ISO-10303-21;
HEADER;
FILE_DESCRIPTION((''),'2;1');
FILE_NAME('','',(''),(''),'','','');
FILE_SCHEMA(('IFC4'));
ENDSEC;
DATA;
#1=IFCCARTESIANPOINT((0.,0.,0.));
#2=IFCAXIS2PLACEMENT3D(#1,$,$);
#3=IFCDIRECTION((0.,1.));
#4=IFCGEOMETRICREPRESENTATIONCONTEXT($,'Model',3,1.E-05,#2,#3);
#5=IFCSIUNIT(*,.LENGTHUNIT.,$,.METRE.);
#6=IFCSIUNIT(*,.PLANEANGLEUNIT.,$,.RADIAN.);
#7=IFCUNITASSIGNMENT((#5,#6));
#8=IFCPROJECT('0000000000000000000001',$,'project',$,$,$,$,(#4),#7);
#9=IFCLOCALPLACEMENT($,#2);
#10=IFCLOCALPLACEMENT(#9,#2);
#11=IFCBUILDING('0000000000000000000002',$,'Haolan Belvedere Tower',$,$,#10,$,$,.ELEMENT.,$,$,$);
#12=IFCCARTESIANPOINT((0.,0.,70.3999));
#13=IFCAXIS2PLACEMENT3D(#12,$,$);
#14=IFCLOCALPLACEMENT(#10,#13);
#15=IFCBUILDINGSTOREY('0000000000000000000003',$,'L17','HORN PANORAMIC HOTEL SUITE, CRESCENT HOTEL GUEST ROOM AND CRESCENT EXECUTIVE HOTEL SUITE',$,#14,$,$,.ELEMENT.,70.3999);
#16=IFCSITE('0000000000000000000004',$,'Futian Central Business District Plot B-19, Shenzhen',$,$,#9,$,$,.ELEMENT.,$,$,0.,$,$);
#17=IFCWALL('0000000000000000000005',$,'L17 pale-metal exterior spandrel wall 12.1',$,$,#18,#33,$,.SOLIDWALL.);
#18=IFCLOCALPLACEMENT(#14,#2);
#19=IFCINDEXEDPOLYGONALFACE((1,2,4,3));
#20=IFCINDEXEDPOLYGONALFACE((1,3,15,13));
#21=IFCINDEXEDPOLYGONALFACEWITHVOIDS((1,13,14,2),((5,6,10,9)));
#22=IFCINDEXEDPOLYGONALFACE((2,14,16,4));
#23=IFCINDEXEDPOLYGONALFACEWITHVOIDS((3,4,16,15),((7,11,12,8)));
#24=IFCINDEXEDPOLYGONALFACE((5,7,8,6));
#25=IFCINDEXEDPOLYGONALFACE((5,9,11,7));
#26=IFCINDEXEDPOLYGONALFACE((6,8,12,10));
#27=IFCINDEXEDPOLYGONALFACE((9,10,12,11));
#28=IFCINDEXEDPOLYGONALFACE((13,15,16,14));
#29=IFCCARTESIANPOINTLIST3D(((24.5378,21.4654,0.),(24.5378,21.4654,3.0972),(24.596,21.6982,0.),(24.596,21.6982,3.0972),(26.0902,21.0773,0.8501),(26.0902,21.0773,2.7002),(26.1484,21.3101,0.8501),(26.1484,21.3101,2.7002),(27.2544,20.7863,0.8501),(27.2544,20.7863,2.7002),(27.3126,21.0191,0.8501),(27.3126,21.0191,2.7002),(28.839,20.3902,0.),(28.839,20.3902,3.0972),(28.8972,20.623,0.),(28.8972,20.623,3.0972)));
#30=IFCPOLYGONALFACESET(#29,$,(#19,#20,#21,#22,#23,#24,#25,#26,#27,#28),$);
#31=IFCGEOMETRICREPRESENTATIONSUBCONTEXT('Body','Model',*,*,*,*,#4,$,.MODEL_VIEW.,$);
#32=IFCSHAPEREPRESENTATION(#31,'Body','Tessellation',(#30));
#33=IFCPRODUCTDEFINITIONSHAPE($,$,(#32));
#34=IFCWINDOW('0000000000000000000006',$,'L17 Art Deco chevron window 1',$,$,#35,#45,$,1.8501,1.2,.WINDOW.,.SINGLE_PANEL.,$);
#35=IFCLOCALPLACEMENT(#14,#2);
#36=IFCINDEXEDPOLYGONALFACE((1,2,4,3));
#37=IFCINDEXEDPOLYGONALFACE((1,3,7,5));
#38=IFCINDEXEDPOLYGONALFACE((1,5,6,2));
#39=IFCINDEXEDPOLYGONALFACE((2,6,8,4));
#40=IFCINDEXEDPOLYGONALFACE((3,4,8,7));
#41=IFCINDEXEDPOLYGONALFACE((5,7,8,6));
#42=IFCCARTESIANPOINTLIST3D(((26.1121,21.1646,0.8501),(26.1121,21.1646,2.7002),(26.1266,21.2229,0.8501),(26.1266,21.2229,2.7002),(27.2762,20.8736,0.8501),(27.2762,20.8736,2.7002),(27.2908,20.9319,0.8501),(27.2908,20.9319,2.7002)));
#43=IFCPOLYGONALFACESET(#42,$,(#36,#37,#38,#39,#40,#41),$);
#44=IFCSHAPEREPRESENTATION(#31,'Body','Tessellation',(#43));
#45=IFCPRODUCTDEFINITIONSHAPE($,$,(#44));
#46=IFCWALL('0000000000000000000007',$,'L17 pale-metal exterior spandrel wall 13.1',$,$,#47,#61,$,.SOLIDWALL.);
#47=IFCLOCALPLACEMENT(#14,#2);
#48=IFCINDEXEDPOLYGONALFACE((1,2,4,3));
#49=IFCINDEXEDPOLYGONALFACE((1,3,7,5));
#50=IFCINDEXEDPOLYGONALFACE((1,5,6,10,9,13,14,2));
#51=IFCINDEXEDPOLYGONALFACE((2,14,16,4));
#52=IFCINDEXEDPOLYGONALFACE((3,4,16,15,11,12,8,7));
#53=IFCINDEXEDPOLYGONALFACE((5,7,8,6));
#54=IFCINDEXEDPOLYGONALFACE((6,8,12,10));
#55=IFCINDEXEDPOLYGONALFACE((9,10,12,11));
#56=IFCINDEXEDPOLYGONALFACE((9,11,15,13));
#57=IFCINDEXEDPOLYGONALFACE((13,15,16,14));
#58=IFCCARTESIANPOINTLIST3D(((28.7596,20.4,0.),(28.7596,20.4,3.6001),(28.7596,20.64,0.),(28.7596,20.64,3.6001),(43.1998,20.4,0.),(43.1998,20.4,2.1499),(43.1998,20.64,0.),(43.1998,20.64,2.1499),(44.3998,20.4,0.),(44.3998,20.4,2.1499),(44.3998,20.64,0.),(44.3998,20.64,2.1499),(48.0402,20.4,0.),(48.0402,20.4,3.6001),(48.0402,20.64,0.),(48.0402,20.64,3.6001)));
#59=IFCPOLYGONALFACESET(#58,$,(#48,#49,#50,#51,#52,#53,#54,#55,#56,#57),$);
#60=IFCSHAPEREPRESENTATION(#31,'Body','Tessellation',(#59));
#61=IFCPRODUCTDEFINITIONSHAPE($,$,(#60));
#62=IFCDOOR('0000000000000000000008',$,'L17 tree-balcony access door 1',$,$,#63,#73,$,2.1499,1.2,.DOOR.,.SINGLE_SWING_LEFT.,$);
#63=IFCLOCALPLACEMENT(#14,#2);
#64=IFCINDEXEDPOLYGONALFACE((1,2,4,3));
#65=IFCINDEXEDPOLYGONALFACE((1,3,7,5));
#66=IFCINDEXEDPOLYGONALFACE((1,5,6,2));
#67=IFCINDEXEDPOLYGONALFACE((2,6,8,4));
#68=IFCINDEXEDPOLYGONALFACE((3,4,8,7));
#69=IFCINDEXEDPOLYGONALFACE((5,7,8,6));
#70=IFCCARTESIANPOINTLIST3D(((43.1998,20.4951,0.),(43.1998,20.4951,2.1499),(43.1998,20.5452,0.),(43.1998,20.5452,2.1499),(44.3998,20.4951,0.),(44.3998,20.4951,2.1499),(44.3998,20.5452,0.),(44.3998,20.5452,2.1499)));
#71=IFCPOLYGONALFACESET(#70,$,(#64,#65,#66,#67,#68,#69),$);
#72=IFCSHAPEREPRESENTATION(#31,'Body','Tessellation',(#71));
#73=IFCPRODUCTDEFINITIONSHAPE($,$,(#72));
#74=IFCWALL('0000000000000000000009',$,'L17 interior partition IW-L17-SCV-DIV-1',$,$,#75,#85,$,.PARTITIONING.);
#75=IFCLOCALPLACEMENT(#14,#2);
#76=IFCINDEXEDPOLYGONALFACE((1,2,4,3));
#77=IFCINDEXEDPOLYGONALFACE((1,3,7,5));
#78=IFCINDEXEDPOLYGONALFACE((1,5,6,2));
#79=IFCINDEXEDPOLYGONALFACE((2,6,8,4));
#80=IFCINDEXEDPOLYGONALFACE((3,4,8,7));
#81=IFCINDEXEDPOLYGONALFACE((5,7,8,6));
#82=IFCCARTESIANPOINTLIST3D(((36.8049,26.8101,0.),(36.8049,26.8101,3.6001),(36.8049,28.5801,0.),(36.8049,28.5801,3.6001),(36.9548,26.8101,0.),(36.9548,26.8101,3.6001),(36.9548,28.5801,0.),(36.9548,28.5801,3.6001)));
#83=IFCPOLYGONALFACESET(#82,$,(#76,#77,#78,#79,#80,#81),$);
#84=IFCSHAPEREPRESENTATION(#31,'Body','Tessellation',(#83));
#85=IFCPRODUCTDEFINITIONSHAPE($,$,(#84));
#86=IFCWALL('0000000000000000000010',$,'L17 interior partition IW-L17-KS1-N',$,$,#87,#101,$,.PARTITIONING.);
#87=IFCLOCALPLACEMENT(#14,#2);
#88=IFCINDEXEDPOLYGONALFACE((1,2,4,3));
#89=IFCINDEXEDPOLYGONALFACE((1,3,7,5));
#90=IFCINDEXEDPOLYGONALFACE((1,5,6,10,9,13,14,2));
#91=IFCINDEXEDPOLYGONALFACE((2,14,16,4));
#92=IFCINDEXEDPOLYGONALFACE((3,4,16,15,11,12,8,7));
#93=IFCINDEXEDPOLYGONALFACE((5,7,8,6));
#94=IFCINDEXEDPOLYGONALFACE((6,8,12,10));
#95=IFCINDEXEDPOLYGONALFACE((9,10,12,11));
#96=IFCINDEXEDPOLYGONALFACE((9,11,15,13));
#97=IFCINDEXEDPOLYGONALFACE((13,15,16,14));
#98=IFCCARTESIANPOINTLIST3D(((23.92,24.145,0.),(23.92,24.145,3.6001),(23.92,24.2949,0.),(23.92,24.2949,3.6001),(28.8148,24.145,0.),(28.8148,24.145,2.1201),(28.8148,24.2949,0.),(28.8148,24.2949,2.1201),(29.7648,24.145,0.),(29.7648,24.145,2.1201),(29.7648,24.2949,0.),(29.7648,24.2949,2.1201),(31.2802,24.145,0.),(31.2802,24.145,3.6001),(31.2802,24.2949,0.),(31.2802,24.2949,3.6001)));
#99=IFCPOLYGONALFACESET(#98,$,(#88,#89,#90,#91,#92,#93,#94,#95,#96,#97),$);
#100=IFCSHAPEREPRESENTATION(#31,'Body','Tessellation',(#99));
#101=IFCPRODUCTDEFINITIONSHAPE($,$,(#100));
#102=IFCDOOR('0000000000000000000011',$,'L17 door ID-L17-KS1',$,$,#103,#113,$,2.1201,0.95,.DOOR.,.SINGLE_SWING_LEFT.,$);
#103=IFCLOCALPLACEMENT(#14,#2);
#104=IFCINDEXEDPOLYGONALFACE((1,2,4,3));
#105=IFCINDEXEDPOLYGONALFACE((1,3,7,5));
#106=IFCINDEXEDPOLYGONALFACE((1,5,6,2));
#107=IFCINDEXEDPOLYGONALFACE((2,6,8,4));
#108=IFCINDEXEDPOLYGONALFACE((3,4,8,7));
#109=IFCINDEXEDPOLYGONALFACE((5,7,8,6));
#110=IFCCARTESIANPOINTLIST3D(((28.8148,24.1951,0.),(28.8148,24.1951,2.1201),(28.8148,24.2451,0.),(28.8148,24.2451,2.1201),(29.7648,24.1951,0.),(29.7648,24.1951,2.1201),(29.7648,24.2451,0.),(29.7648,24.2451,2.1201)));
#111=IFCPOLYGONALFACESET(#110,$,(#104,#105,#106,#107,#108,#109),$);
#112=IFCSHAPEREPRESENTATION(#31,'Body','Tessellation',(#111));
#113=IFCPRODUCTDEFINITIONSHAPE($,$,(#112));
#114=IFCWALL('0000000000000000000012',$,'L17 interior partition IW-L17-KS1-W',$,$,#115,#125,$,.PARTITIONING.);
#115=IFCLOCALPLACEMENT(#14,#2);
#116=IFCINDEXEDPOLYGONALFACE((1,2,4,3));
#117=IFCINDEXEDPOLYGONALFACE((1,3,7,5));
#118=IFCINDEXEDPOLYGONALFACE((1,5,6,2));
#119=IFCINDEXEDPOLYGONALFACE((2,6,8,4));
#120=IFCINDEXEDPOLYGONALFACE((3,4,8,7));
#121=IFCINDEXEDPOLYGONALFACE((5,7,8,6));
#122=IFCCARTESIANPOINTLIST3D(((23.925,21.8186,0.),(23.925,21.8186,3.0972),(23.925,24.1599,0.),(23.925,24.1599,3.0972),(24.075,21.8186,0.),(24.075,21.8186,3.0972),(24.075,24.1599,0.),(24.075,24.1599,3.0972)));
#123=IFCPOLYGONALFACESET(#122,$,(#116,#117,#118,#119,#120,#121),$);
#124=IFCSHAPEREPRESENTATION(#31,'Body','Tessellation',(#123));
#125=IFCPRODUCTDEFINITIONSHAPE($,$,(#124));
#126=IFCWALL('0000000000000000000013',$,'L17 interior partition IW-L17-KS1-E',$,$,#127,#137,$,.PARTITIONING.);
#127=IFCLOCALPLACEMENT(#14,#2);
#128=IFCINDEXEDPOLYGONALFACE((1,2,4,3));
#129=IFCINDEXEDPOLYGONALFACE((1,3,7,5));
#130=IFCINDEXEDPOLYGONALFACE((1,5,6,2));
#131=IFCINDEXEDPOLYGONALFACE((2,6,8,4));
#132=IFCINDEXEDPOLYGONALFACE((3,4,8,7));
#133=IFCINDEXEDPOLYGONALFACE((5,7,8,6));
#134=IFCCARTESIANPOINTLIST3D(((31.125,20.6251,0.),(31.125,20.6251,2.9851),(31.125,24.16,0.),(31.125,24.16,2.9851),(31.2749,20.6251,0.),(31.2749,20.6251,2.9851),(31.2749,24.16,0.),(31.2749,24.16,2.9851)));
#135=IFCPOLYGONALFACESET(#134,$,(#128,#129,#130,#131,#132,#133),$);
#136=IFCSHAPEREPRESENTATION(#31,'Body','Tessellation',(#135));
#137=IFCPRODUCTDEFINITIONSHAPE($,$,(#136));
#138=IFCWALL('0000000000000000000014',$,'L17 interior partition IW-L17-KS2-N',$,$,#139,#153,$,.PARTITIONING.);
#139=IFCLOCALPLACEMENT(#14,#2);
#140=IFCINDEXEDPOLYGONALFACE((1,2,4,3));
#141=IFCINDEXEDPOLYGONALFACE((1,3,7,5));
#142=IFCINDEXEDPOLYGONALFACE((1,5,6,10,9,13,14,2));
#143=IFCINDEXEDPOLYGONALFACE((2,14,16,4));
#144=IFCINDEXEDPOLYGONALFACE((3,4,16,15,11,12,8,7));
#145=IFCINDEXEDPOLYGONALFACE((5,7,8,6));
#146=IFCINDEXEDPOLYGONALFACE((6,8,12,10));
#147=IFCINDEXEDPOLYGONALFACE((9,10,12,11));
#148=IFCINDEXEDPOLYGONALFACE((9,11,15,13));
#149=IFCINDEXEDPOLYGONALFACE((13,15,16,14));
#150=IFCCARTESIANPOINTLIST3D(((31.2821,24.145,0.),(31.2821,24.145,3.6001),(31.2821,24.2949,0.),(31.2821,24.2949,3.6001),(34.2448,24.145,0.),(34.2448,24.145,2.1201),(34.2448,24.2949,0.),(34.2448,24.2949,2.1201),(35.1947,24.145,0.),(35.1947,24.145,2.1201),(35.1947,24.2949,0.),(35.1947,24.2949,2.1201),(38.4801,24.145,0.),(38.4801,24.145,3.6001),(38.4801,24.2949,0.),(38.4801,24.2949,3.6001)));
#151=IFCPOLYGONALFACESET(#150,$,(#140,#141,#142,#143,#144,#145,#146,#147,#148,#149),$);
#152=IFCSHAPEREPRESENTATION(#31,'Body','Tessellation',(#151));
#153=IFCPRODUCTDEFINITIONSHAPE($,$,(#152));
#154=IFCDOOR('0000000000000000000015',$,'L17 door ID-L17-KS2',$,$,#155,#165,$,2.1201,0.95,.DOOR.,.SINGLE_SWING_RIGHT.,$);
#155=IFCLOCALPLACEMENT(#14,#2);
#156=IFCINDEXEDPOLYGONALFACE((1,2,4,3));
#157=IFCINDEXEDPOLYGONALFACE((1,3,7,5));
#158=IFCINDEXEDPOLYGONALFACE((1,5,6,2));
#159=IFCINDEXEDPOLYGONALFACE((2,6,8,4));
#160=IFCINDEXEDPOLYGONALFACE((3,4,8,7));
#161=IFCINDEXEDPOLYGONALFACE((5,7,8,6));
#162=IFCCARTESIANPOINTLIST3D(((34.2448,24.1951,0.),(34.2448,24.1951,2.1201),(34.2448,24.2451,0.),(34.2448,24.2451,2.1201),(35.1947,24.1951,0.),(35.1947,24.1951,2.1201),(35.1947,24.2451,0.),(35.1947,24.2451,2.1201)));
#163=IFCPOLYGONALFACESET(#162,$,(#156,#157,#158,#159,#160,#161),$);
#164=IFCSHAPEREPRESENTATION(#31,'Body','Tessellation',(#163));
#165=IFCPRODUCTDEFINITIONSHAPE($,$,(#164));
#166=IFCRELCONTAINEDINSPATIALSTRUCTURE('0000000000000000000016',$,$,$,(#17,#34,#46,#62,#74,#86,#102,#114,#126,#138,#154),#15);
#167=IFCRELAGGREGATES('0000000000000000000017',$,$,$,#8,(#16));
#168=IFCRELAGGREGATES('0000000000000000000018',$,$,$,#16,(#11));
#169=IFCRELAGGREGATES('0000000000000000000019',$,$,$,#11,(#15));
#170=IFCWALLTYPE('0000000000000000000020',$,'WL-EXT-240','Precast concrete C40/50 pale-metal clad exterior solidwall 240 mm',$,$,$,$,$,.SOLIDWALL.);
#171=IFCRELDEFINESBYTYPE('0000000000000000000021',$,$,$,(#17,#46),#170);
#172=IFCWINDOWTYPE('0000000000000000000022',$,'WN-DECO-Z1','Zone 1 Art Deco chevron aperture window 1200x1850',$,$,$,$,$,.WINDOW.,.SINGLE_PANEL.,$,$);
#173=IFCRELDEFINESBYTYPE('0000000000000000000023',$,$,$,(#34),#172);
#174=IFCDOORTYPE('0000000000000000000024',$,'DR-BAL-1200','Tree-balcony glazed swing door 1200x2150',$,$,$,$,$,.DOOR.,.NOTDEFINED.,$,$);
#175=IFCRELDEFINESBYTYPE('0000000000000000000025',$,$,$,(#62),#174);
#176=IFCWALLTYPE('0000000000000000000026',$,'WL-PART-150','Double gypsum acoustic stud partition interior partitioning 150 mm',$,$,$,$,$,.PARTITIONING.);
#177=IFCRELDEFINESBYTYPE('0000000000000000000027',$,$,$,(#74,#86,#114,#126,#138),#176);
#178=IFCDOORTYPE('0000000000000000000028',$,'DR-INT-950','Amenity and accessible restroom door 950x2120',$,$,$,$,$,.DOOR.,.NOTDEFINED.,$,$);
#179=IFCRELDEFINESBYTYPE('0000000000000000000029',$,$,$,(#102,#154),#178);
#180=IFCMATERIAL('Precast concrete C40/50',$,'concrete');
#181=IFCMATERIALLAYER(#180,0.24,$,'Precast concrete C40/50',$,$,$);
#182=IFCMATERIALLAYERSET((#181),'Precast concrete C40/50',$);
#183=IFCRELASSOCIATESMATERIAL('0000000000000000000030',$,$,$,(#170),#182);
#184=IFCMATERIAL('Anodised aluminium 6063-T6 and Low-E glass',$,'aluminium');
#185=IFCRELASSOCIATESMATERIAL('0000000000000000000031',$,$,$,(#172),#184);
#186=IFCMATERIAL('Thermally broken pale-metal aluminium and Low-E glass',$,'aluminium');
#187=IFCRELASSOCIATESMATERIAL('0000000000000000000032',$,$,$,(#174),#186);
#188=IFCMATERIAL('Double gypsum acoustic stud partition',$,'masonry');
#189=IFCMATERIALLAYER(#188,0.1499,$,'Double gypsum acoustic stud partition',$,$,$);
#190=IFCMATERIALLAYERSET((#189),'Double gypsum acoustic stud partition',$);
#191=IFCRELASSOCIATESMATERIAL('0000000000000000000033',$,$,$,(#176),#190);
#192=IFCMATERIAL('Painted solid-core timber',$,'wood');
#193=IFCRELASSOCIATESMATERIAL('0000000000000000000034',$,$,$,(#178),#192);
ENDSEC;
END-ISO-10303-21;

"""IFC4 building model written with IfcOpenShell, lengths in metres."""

from ifc_helpers import new_model, si_unit, direction, frame, frame_2d, origin, place, context, subcontext, project, spatial, rectangle, extrude, material, layer, layer_set, type_object, element, fill, save


model = new_model("IFC4")

# Units and contexts
model_context = context("Model", 3, precision=1e-05, world=origin(), true_north=direction((0.0, 1.0)))
body_context = subcontext(model_context, "Body", "Model", "MODEL_VIEW")
ifc_project = project(units=[si_unit("LENGTHUNIT", "METRE"), si_unit("PLANEANGLEUNIT", "RADIAN")], contexts=[model_context])

# Site, building, storey
site_placement = place(None, origin())
site = spatial("IfcSite", under=ifc_project, at=site_placement, Name="Futian Central Business District Plot B-19, Shenzhen", CompositionType="ELEMENT", RefElevation=0.0)
building_placement = place(site_placement, origin())
building = spatial("IfcBuilding", under=site, at=building_placement, Name="Haolan Belvedere Tower", CompositionType="ELEMENT")
storey_placement = place(building_placement, frame((0.0, 0.0, 70.3999)))
storey = spatial("IfcBuildingStorey", under=building, at=storey_placement, Name="L17", Description="HORN PANORAMIC HOTEL SUITE, CRESCENT HOTEL GUEST ROOM AND CRESCENT EXECUTIVE HOTEL SUITE", CompositionType="ELEMENT", Elevation=70.3999)

# Wall, opening, window
ifc_material_1 = material(Name="Precast concrete C40/50", Category="concrete")
ifc_layer_1 = layer(ifc_material_1, 0.24, Name="Precast concrete C40/50")
ifc_layer_set_1 = layer_set([ifc_layer_1], Name="Precast concrete C40/50")
wall_type_1 = type_object("IfcWallType", Name="WL-EXT-240", Description="Precast concrete C40/50 pale-metal clad exterior solidwall 240 mm", PredefinedType="SOLIDWALL", material=ifc_layer_set_1)
wall_1_placement = place(storey_placement, frame((24.5669, 21.5818, 0.0), z_axis=(0.0, 0.0, 1.0), x_axis=(0.970149, -0.24251, 0.0)))
wall_1 = element("IfcWall", 1, at=wall_1_placement, inside=storey, type_object=wall_type_1, Name="L17 pale-metal exterior spandrel wall 12.1", PredefinedType="SOLIDWALL", context=body_context, shape_type="SweptSolid", body=[
    extrude(rectangle(XDim=4.4336, YDim=0.24, at=frame_2d((2.2168, 0.0))), origin(), (0.0, 0.0, 1.0), 3.0972),
])
opening_1_placement = place(wall_1_placement, frame((1.6001, 0.0, 0.8501)))
opening_1 = element("IfcOpeningElement", 2, at=opening_1_placement, cuts=wall_1, PredefinedType="OPENING", context=body_context, shape_type="SweptSolid", body=[
    extrude(rectangle(XDim=1.2, YDim=1.8501, at=frame_2d((0.6001, 0.925))), frame((0.0, 0.1299, 0.0), z_axis=(0.0, -1.0, 0.0), x_axis=(1.0, 0.0, 0.0)), (0.0, 0.0, 1.0), 0.26),
])
ifc_material_2 = material(Name="Anodised aluminium 6063-T6 and Low-E glass", Category="aluminium")
window_type = type_object("IfcWindowType", Name="WN-DECO-Z1", Description="Zone 1 Art Deco chevron aperture window 1200x1850", PartitioningType="SINGLE_PANEL", PredefinedType="WINDOW", material=ifc_material_2)
window_placement = place(opening_1_placement, origin())
window = element("IfcWindow", 3, at=window_placement, inside=storey, type_object=window_type, Name="L17 Art Deco chevron window 1", OverallHeight=1.8501, OverallWidth=1.2, PartitioningType="SINGLE_PANEL", PredefinedType="WINDOW", context=body_context, shape_type="SweptSolid", body=[
    extrude(rectangle(XDim=1.2, YDim=1.8501, at=frame_2d((0.6001, 0.925))), frame((0.0, 0.03, 0.0), z_axis=(0.0, -1.0, 0.0), x_axis=(1.0, 0.0, 0.0)), (0.0, 0.0, 1.0), 0.0601),
])
fill(opening_1, window)

# Wall, opening, door
wall_2_placement = place(storey_placement, frame((28.7598, 20.52, 0.0), z_axis=(0.0, 0.0, 1.0), x_axis=(1.0, 0.0, 0.0)))
wall_2 = element("IfcWall", 4, at=wall_2_placement, inside=storey, type_object=wall_type_1, Name="L17 pale-metal exterior spandrel wall 13.1", PredefinedType="SOLIDWALL", context=body_context, shape_type="SweptSolid", body=[
    extrude(rectangle(XDim=19.2805, YDim=0.24, at=frame_2d((9.6401, 0.0))), origin(), (0.0, 0.0, 1.0), 3.6001),
])
opening_2_placement = place(wall_2_placement, frame((15.6401, 0.0, 0.0), z_axis=(0.0, 0.0, 1.0), x_axis=(-1.0, 0.0, 0.0)))
opening_2 = element("IfcOpeningElement", 5, at=opening_2_placement, cuts=wall_2, PredefinedType="OPENING", context=body_context, shape_type="SweptSolid", body=[
    extrude(rectangle(XDim=1.2, YDim=2.1499, at=frame_2d((0.6001, 1.075))), frame((0.0, 0.1299, 0.0), z_axis=(0.0, -1.0, 0.0), x_axis=(1.0, 0.0, 0.0)), (0.0, 0.0, 1.0), 0.26),
])
ifc_material_3 = material(Name="Thermally broken pale-metal aluminium and Low-E glass", Category="aluminium")
door_type_1 = type_object("IfcDoorType", Name="DR-BAL-1200", Description="Tree-balcony glazed swing door 1200x2150", OperationType="NOTDEFINED", PredefinedType="DOOR", material=ifc_material_3)
door_1_placement = place(opening_2_placement, origin())
door_1 = element("IfcDoor", 6, at=door_1_placement, inside=storey, type_object=door_type_1, Name="L17 tree-balcony access door 1", OperationType="SINGLE_SWING_LEFT", OverallHeight=2.1499, OverallWidth=1.2, PredefinedType="DOOR", context=body_context, shape_type="SweptSolid", body=[
    extrude(rectangle(XDim=1.2, YDim=2.1499, at=frame_2d((0.6001, 1.075))), frame((0.0, 0.0249, 0.0), z_axis=(0.0, -1.0, 0.0), x_axis=(1.0, 0.0, 0.0)), (0.0, 0.0, 1.0), 0.05),
])
fill(opening_2, door_1)

# Wall
ifc_material_4 = material(Name="Double gypsum acoustic stud partition", Category="masonry")
ifc_layer_2 = layer(ifc_material_4, 0.1499, Name="Double gypsum acoustic stud partition")
ifc_layer_set_2 = layer_set([ifc_layer_2], Name="Double gypsum acoustic stud partition")
wall_type_2 = type_object("IfcWallType", Name="WL-PART-150", Description="Double gypsum acoustic stud partition interior partitioning 150 mm", PredefinedType="PARTITIONING", material=ifc_layer_set_2)
wall_3_placement = place(storey_placement, frame((36.8799, 26.8101, 0.0), z_axis=(0.0, 0.0, 1.0), x_axis=(0.0, 1.0, 0.0)))
element("IfcWall", 7, at=wall_3_placement, inside=storey, type_object=wall_type_2, Name="L17 interior partition IW-L17-SCV-DIV-1", PredefinedType="PARTITIONING", context=body_context, shape_type="SweptSolid", body=[
    extrude(rectangle(XDim=1.77, YDim=0.1499, at=frame_2d((0.885, 0.0))), origin(), (0.0, 0.0, 1.0), 3.6001),
])

# Wall, opening, door
wall_4_placement = place(storey_placement, frame((23.9199, 24.22, 0.0), z_axis=(0.0, 0.0, 1.0), x_axis=(1.0, 0.0, 0.0)))
wall_4 = element("IfcWall", 8, at=wall_4_placement, inside=storey, type_object=wall_type_2, Name="L17 interior partition IW-L17-KS1-N", PredefinedType="PARTITIONING", context=body_context, shape_type="SweptSolid", body=[
    extrude(rectangle(XDim=7.3601, YDim=0.1499, at=frame_2d((3.6802, 0.0))), origin(), (0.0, 0.0, 1.0), 3.6001),
])
opening_3_placement = place(wall_4_placement, frame((5.845, 0.0, 0.0), z_axis=(0.0, 0.0, 1.0), x_axis=(-1.0, 0.0, 0.0)))
opening_3 = element("IfcOpeningElement", 9, at=opening_3_placement, cuts=wall_4, PredefinedType="OPENING", context=body_context, shape_type="SweptSolid", body=[
    extrude(rectangle(XDim=0.95, YDim=2.1201, at=frame_2d((0.4751, 1.0601))), frame((0.0, 0.085, 0.0), z_axis=(0.0, -1.0, 0.0), x_axis=(1.0, 0.0, 0.0)), (0.0, 0.0, 1.0), 0.1699),
])
ifc_material_5 = material(Name="Painted solid-core timber", Category="wood")
door_type_2 = type_object("IfcDoorType", Name="DR-INT-950", Description="Amenity and accessible restroom door 950x2120", OperationType="NOTDEFINED", PredefinedType="DOOR", material=ifc_material_5)
door_2_placement = place(opening_3_placement, origin())
door_2 = element("IfcDoor", 10, at=door_2_placement, inside=storey, type_object=door_type_2, Name="L17 door ID-L17-KS1", OperationType="SINGLE_SWING_LEFT", OverallHeight=2.1201, OverallWidth=0.95, PredefinedType="DOOR", context=body_context, shape_type="SweptSolid", body=[
    extrude(rectangle(XDim=0.95, YDim=2.1201, at=frame_2d((0.4751, 1.0601))), frame((0.0, 0.0249, 0.0), z_axis=(0.0, -1.0, 0.0), x_axis=(1.0, 0.0, 0.0)), (0.0, 0.0, 1.0), 0.05),
])
fill(opening_3, door_2)

# Walls
wall_5_placement = place(storey_placement, frame((24.0, 21.8186, 0.0), z_axis=(0.0, 0.0, 1.0), x_axis=(0.0, 1.0, 0.0)))
element("IfcWall", 11, at=wall_5_placement, inside=storey, type_object=wall_type_2, Name="L17 interior partition IW-L17-KS1-W", PredefinedType="PARTITIONING", context=body_context, shape_type="SweptSolid", body=[
    extrude(rectangle(XDim=2.3413, YDim=0.1499, at=frame_2d((1.1707, 0.0))), origin(), (0.0, 0.0, 1.0), 3.0972),
])
wall_6_placement = place(storey_placement, frame((31.2, 20.625, 0.0), z_axis=(0.0, 0.0, 1.0), x_axis=(0.0, 1.0, 0.0)))
element("IfcWall", 12, at=wall_6_placement, inside=storey, type_object=wall_type_2, Name="L17 interior partition IW-L17-KS1-E", PredefinedType="PARTITIONING", context=body_context, shape_type="SweptSolid", body=[
    extrude(rectangle(XDim=3.5349, YDim=0.1499, at=frame_2d((1.7676, 0.0))), origin(), (0.0, 0.0, 1.0), 2.9851),
])

# Wall, opening, door
wall_7_placement = place(storey_placement, frame((31.282, 24.22, 0.0), z_axis=(0.0, 0.0, 1.0), x_axis=(1.0, 0.0, 0.0)))
wall_7 = element("IfcWall", 13, at=wall_7_placement, inside=storey, type_object=wall_type_2, Name="L17 interior partition IW-L17-KS2-N", PredefinedType="PARTITIONING", context=body_context, shape_type="SweptSolid", body=[
    extrude(rectangle(XDim=7.198, YDim=0.1499, at=frame_2d((3.5991, 0.0))), origin(), (0.0, 0.0, 1.0), 3.6001),
])
opening_4_placement = place(wall_7_placement, frame((3.9128, 0.0, 0.0), z_axis=(0.0, 0.0, 1.0), x_axis=(-1.0, 0.0, 0.0)))
opening_4 = element("IfcOpeningElement", 14, at=opening_4_placement, cuts=wall_7, PredefinedType="OPENING", context=body_context, shape_type="SweptSolid", body=[
    extrude(rectangle(XDim=0.95, YDim=2.1201, at=frame_2d((0.4751, 1.0601))), frame((0.0, 0.085, 0.0), z_axis=(0.0, -1.0, 0.0), x_axis=(1.0, 0.0, 0.0)), (0.0, 0.0, 1.0), 0.1699),
])
door_3_placement = place(opening_4_placement, origin())
door_3 = element("IfcDoor", 15, at=door_3_placement, inside=storey, type_object=door_type_2, Name="L17 door ID-L17-KS2", OperationType="SINGLE_SWING_RIGHT", OverallHeight=2.1201, OverallWidth=0.95, PredefinedType="DOOR", context=body_context, shape_type="SweptSolid", body=[
    extrude(rectangle(XDim=0.95, YDim=2.1201, at=frame_2d((0.4751, 1.0601))), frame((0.0, 0.0249, 0.0), z_axis=(0.0, -1.0, 0.0), x_axis=(1.0, 0.0, 0.0)), (0.0, 0.0, 1.0), 0.05),
])
fill(opening_4, door_3)

save(model, "model.ifc")
